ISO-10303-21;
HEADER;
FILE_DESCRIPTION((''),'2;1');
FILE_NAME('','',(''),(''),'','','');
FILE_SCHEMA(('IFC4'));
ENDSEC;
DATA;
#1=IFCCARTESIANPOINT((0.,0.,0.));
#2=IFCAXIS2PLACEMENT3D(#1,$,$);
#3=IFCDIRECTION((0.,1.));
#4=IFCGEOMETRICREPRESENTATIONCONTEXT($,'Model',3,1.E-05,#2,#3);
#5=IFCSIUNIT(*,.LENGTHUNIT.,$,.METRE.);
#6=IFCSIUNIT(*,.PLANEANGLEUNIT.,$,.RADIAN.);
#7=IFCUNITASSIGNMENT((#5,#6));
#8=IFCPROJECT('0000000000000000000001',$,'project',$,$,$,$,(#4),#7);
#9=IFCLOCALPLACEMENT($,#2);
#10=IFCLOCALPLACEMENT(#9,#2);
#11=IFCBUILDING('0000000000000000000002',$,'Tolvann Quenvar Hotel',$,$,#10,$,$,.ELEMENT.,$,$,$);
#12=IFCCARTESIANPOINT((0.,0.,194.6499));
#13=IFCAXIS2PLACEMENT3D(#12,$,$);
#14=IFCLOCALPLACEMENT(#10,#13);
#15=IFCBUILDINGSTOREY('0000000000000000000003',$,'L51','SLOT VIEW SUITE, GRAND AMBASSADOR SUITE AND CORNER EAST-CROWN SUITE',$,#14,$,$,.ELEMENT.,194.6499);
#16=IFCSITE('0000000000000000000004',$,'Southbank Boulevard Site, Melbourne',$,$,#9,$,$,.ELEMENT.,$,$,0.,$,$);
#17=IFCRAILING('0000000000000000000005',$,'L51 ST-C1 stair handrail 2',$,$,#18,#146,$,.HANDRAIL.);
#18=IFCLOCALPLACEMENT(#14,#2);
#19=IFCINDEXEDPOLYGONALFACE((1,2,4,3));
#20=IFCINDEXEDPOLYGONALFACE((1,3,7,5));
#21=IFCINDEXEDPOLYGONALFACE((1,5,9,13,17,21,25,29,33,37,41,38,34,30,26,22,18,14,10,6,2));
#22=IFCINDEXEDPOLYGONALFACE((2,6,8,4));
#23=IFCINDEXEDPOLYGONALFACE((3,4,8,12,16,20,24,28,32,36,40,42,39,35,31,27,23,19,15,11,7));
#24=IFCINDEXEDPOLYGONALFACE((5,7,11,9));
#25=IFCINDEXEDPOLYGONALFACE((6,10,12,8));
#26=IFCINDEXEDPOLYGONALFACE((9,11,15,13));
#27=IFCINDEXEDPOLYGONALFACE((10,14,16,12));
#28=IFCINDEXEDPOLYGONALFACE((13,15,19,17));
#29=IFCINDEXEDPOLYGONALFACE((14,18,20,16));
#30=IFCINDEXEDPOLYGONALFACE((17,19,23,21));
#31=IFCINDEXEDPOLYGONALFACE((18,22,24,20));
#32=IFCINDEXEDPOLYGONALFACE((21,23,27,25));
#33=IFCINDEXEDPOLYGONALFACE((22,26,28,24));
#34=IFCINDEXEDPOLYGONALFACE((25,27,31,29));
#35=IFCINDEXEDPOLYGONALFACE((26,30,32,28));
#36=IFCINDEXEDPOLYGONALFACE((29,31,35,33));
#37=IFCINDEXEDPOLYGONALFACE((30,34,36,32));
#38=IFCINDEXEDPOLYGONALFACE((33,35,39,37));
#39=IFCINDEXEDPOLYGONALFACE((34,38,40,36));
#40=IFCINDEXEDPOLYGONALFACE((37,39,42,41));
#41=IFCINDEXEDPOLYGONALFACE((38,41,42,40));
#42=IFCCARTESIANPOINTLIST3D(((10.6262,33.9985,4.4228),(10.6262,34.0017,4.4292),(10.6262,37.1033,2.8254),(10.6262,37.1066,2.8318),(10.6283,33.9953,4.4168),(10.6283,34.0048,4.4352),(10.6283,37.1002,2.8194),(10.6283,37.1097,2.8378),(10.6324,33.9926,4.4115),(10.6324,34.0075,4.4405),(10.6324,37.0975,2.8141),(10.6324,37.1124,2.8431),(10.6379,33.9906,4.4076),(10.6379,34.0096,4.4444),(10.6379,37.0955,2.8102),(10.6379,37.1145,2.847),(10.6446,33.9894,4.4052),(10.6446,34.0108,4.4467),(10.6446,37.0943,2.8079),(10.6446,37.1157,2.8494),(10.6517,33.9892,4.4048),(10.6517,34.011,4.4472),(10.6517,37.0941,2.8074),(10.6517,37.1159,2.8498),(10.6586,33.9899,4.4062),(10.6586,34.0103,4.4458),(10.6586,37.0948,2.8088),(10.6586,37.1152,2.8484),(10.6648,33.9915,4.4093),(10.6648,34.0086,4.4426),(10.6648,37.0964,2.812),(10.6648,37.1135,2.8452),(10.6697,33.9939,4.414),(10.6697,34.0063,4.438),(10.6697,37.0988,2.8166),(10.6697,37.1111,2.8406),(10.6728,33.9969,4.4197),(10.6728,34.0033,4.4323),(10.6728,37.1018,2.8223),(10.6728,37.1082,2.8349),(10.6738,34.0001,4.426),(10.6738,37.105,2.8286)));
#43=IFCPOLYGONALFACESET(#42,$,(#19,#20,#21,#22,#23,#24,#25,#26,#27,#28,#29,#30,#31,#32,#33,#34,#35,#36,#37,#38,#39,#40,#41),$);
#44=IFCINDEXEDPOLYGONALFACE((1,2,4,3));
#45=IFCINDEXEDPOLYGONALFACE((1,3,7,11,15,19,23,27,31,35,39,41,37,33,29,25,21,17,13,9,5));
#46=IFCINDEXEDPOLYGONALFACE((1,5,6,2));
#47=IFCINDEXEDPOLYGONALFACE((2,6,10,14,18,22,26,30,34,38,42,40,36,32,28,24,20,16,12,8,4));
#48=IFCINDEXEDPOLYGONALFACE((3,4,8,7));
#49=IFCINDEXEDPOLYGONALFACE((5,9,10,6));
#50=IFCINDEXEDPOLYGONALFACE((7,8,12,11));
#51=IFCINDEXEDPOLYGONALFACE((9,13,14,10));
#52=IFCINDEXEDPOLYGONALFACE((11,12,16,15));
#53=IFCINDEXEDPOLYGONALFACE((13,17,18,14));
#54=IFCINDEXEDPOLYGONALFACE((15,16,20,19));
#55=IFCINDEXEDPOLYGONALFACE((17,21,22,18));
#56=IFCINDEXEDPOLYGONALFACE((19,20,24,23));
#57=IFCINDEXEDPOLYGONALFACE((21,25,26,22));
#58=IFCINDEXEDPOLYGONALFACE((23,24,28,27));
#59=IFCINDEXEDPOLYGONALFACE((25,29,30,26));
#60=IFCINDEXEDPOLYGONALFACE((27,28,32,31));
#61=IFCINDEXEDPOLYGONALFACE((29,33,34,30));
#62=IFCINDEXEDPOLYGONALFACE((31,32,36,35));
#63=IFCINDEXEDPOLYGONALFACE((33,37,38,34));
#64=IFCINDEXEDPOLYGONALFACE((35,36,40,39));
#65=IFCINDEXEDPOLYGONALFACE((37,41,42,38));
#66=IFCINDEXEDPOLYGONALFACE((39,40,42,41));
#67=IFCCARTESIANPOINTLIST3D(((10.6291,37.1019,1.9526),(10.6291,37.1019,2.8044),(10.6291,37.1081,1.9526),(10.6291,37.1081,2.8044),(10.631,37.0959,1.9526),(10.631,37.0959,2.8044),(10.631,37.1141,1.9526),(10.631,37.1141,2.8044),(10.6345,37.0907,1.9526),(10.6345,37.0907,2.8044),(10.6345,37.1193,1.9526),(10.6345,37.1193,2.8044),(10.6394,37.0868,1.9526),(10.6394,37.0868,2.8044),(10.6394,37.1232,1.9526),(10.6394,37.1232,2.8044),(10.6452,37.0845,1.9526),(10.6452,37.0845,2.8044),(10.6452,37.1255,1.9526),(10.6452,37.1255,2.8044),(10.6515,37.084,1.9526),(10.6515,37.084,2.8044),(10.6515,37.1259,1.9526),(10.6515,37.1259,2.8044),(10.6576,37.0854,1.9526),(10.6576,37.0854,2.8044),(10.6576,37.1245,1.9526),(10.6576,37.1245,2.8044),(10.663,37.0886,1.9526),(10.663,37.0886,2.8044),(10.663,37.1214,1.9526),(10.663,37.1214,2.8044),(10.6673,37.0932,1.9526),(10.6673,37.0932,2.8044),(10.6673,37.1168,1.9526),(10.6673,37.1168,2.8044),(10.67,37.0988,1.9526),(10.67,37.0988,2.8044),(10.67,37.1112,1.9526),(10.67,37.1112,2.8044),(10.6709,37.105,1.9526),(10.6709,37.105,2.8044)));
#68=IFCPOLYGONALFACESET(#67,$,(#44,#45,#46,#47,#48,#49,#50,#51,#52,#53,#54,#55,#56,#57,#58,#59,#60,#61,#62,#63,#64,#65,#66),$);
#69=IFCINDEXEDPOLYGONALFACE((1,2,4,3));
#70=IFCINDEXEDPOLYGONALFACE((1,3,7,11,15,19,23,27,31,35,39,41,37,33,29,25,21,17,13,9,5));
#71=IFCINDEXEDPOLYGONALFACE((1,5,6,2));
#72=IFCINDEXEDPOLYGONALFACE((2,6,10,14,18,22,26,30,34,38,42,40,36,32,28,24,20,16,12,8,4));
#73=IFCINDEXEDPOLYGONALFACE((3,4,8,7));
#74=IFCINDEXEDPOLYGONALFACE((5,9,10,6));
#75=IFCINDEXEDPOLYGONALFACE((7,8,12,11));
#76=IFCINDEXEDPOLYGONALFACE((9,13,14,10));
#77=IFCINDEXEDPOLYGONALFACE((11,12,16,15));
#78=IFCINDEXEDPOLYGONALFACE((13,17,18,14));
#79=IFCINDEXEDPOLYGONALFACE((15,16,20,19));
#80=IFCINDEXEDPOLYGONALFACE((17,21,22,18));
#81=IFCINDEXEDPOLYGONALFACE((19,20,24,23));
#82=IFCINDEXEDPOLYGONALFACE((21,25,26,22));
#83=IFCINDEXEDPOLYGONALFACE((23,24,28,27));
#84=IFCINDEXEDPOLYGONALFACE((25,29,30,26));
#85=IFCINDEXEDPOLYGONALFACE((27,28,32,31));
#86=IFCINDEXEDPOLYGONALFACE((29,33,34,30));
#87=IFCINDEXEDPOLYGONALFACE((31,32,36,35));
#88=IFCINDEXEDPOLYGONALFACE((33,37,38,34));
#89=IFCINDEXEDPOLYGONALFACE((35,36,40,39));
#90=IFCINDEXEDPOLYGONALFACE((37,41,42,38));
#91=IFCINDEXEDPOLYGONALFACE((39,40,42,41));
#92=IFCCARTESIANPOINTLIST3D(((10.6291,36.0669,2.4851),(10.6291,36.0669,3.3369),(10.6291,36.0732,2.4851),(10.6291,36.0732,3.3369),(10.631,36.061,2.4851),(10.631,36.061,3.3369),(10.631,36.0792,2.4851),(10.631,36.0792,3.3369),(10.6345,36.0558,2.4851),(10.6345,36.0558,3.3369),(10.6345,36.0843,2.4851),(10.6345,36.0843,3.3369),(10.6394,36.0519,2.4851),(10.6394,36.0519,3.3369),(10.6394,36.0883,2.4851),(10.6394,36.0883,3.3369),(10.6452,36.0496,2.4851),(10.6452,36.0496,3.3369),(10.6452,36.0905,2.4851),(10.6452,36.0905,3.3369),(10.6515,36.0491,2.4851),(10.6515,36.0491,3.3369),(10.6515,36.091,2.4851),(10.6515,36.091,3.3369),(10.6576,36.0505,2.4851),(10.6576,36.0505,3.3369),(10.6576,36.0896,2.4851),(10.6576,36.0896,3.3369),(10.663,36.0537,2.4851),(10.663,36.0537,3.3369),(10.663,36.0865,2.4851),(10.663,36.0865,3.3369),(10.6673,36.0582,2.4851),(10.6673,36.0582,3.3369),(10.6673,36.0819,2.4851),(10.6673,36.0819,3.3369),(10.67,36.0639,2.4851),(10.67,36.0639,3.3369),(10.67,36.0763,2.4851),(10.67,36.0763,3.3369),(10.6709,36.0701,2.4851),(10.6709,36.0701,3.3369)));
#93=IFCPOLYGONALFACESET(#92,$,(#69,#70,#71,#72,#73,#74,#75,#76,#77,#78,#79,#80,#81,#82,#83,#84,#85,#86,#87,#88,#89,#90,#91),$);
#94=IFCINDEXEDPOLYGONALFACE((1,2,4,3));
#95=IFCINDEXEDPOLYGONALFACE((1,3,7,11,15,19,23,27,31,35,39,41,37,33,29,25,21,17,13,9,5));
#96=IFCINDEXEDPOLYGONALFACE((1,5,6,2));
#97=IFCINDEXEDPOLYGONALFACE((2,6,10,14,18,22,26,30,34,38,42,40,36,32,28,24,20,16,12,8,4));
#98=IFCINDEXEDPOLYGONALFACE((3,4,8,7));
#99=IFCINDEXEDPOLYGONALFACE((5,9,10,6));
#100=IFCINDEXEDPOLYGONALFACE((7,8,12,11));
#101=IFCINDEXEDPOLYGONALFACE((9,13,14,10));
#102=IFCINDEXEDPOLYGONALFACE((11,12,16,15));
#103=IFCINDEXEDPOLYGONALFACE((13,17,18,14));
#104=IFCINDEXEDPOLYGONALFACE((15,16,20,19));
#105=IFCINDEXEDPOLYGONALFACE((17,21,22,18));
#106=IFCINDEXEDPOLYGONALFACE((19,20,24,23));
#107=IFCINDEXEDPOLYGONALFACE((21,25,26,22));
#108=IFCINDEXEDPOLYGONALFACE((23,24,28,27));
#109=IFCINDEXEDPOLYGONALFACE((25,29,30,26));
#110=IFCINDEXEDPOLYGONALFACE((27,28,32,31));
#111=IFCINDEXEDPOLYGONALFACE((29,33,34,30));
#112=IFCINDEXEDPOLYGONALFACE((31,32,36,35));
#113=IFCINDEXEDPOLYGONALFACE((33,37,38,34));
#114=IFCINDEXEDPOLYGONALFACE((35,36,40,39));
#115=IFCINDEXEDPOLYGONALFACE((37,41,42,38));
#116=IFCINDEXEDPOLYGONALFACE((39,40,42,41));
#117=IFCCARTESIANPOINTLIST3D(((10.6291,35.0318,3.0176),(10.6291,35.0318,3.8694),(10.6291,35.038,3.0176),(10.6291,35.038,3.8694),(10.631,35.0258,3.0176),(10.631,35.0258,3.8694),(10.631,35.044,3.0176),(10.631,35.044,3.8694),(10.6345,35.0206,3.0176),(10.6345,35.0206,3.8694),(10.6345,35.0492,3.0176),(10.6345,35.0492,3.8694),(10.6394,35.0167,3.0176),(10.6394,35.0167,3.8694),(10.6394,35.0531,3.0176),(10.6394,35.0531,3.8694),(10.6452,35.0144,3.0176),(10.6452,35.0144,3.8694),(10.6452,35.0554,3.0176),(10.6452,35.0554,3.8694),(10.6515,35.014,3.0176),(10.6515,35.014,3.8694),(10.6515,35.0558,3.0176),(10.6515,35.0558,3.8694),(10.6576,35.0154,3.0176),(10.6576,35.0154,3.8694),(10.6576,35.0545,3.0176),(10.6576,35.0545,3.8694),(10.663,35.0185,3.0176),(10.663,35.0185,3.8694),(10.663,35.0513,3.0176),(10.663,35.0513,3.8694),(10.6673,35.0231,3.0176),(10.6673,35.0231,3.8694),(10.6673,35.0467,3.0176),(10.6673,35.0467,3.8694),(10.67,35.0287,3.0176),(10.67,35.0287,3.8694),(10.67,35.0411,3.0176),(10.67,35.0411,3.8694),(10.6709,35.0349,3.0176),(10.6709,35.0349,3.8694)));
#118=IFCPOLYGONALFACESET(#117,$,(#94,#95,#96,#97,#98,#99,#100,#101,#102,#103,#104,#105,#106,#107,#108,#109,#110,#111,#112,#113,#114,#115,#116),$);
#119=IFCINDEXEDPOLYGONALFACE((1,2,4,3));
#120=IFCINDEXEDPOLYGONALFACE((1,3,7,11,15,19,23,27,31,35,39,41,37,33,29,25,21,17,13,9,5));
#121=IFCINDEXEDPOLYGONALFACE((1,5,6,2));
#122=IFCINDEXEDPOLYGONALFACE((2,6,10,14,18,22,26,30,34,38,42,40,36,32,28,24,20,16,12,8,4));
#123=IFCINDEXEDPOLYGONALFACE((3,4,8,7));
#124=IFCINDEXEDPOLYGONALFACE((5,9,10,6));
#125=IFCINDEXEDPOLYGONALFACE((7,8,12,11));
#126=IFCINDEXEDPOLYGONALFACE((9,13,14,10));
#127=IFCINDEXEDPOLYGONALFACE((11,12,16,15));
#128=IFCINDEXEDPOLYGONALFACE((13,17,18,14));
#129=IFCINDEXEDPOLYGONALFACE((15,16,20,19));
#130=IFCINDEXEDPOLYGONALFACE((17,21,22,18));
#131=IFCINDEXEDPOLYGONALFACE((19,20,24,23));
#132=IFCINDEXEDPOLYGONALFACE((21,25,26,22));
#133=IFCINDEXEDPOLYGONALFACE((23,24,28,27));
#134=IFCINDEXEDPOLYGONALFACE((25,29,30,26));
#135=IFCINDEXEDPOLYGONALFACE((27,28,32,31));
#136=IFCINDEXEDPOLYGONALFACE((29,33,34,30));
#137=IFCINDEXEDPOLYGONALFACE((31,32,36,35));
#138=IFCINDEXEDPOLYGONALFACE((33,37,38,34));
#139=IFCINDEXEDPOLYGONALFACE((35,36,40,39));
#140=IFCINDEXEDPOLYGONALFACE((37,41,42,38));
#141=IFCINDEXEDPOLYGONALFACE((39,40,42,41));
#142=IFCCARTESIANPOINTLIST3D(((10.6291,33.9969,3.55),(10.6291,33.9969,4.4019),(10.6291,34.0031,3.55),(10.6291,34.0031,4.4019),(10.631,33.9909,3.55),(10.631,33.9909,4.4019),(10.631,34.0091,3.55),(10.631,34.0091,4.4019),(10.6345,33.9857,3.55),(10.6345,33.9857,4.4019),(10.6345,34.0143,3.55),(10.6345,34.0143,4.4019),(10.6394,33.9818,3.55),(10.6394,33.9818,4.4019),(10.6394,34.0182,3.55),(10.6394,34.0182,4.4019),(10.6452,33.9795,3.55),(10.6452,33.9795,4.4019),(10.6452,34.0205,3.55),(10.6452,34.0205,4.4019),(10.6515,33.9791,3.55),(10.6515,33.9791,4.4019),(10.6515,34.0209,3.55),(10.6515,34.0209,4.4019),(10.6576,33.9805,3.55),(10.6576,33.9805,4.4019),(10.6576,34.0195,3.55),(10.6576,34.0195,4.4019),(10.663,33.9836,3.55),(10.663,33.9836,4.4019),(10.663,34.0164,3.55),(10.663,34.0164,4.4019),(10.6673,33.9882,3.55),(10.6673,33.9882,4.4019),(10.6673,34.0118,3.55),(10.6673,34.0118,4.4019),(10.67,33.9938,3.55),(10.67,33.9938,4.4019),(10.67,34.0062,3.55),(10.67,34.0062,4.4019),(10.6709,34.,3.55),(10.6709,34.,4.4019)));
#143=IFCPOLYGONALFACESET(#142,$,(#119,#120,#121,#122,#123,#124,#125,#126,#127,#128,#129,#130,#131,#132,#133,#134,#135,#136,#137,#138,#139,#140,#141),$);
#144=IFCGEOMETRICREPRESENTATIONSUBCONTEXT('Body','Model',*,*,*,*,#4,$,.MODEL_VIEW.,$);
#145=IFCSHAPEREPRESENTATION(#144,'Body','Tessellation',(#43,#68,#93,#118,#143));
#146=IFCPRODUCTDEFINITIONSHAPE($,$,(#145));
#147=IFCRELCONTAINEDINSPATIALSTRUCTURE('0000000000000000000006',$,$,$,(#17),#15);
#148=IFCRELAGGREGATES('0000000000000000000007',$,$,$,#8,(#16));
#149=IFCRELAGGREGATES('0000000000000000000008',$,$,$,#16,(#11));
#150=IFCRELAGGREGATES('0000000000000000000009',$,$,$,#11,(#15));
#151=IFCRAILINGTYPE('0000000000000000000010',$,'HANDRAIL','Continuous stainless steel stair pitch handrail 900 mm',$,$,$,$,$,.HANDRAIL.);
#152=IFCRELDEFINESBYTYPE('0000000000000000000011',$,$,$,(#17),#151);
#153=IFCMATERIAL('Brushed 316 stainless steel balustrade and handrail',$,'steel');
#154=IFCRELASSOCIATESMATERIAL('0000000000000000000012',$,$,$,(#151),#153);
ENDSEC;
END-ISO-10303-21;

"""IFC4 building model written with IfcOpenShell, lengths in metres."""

from ifc_helpers import new_model, si_unit, direction, frame, origin, origin_2d, place, context, subcontext, project, spatial, circle, extrude, material, type_object, element, save


model = new_model("IFC4")

# Units and contexts
model_context = context("Model", 3, precision=1e-05, world=origin(), true_north=direction((0.0, 1.0)))
body_context = subcontext(model_context, "Body", "Model", "MODEL_VIEW")
ifc_project = project(units=[si_unit("LENGTHUNIT", "METRE"), si_unit("PLANEANGLEUNIT", "RADIAN")], contexts=[model_context])

# Site, building, storey
site_placement = place(None, origin())
site = spatial("IfcSite", under=ifc_project, at=site_placement, Name="Southbank Boulevard Site, Melbourne", CompositionType="ELEMENT", RefElevation=0.0)
building_placement = place(site_placement, origin())
building = spatial("IfcBuilding", under=site, at=building_placement, Name="Tolvann Quenvar Hotel", CompositionType="ELEMENT")
storey_placement = place(building_placement, frame((0.0, 0.0, 194.6499)))
storey = spatial("IfcBuildingStorey", under=building, at=storey_placement, Name="L51", Description="SLOT VIEW SUITE, GRAND AMBASSADOR SUITE AND CORNER EAST-CROWN SUITE", CompositionType="ELEMENT", Elevation=194.6499)

# Railing
ifc_material_1 = material(Name="Brushed 316 stainless steel balustrade and handrail", Category="steel")
railing_type_1 = type_object("IfcRailingType", Name="HANDRAIL", Description="Continuous stainless steel stair pitch handrail 900 mm", PredefinedType="HANDRAIL", material=ifc_material_1)
railing_1_placement = place(storey_placement, frame((10.6499, 37.105, 1.9526)))
element("IfcRailing", 1, at=railing_1_placement, inside=storey, type_object=railing_type_1, Name="L51 ST-C1 stair handrail 2", PredefinedType="HANDRAIL", context=body_context, shape_type="SweptSolid", body=[
    extrude(circle(Radius=0.0239, at=origin_2d()), frame((0.0, 0.0, 0.876), z_axis=(0.0, -0.889222, 0.457476), x_axis=(1.0, 0.0, 0.0)), (0.0, 0.0, 1.0), 3.4917),
    extrude(circle(Radius=0.021, at=origin_2d()), origin(), (0.0, 0.0, 1.0), 0.8518),
    extrude(circle(Radius=0.021, at=origin_2d()), frame((0.0, -1.0349, 0.5325)), (0.0, 0.0, 1.0), 0.8518),
    extrude(circle(Radius=0.021, at=origin_2d()), frame((0.0, -2.0701, 1.0649)), (0.0, 0.0, 1.0), 0.8518),
    extrude(circle(Radius=0.021, at=origin_2d()), frame((0.0, -3.105, 1.5974)), (0.0, 0.0, 1.0), 0.8518),
])

save(model, "model.ifc")
